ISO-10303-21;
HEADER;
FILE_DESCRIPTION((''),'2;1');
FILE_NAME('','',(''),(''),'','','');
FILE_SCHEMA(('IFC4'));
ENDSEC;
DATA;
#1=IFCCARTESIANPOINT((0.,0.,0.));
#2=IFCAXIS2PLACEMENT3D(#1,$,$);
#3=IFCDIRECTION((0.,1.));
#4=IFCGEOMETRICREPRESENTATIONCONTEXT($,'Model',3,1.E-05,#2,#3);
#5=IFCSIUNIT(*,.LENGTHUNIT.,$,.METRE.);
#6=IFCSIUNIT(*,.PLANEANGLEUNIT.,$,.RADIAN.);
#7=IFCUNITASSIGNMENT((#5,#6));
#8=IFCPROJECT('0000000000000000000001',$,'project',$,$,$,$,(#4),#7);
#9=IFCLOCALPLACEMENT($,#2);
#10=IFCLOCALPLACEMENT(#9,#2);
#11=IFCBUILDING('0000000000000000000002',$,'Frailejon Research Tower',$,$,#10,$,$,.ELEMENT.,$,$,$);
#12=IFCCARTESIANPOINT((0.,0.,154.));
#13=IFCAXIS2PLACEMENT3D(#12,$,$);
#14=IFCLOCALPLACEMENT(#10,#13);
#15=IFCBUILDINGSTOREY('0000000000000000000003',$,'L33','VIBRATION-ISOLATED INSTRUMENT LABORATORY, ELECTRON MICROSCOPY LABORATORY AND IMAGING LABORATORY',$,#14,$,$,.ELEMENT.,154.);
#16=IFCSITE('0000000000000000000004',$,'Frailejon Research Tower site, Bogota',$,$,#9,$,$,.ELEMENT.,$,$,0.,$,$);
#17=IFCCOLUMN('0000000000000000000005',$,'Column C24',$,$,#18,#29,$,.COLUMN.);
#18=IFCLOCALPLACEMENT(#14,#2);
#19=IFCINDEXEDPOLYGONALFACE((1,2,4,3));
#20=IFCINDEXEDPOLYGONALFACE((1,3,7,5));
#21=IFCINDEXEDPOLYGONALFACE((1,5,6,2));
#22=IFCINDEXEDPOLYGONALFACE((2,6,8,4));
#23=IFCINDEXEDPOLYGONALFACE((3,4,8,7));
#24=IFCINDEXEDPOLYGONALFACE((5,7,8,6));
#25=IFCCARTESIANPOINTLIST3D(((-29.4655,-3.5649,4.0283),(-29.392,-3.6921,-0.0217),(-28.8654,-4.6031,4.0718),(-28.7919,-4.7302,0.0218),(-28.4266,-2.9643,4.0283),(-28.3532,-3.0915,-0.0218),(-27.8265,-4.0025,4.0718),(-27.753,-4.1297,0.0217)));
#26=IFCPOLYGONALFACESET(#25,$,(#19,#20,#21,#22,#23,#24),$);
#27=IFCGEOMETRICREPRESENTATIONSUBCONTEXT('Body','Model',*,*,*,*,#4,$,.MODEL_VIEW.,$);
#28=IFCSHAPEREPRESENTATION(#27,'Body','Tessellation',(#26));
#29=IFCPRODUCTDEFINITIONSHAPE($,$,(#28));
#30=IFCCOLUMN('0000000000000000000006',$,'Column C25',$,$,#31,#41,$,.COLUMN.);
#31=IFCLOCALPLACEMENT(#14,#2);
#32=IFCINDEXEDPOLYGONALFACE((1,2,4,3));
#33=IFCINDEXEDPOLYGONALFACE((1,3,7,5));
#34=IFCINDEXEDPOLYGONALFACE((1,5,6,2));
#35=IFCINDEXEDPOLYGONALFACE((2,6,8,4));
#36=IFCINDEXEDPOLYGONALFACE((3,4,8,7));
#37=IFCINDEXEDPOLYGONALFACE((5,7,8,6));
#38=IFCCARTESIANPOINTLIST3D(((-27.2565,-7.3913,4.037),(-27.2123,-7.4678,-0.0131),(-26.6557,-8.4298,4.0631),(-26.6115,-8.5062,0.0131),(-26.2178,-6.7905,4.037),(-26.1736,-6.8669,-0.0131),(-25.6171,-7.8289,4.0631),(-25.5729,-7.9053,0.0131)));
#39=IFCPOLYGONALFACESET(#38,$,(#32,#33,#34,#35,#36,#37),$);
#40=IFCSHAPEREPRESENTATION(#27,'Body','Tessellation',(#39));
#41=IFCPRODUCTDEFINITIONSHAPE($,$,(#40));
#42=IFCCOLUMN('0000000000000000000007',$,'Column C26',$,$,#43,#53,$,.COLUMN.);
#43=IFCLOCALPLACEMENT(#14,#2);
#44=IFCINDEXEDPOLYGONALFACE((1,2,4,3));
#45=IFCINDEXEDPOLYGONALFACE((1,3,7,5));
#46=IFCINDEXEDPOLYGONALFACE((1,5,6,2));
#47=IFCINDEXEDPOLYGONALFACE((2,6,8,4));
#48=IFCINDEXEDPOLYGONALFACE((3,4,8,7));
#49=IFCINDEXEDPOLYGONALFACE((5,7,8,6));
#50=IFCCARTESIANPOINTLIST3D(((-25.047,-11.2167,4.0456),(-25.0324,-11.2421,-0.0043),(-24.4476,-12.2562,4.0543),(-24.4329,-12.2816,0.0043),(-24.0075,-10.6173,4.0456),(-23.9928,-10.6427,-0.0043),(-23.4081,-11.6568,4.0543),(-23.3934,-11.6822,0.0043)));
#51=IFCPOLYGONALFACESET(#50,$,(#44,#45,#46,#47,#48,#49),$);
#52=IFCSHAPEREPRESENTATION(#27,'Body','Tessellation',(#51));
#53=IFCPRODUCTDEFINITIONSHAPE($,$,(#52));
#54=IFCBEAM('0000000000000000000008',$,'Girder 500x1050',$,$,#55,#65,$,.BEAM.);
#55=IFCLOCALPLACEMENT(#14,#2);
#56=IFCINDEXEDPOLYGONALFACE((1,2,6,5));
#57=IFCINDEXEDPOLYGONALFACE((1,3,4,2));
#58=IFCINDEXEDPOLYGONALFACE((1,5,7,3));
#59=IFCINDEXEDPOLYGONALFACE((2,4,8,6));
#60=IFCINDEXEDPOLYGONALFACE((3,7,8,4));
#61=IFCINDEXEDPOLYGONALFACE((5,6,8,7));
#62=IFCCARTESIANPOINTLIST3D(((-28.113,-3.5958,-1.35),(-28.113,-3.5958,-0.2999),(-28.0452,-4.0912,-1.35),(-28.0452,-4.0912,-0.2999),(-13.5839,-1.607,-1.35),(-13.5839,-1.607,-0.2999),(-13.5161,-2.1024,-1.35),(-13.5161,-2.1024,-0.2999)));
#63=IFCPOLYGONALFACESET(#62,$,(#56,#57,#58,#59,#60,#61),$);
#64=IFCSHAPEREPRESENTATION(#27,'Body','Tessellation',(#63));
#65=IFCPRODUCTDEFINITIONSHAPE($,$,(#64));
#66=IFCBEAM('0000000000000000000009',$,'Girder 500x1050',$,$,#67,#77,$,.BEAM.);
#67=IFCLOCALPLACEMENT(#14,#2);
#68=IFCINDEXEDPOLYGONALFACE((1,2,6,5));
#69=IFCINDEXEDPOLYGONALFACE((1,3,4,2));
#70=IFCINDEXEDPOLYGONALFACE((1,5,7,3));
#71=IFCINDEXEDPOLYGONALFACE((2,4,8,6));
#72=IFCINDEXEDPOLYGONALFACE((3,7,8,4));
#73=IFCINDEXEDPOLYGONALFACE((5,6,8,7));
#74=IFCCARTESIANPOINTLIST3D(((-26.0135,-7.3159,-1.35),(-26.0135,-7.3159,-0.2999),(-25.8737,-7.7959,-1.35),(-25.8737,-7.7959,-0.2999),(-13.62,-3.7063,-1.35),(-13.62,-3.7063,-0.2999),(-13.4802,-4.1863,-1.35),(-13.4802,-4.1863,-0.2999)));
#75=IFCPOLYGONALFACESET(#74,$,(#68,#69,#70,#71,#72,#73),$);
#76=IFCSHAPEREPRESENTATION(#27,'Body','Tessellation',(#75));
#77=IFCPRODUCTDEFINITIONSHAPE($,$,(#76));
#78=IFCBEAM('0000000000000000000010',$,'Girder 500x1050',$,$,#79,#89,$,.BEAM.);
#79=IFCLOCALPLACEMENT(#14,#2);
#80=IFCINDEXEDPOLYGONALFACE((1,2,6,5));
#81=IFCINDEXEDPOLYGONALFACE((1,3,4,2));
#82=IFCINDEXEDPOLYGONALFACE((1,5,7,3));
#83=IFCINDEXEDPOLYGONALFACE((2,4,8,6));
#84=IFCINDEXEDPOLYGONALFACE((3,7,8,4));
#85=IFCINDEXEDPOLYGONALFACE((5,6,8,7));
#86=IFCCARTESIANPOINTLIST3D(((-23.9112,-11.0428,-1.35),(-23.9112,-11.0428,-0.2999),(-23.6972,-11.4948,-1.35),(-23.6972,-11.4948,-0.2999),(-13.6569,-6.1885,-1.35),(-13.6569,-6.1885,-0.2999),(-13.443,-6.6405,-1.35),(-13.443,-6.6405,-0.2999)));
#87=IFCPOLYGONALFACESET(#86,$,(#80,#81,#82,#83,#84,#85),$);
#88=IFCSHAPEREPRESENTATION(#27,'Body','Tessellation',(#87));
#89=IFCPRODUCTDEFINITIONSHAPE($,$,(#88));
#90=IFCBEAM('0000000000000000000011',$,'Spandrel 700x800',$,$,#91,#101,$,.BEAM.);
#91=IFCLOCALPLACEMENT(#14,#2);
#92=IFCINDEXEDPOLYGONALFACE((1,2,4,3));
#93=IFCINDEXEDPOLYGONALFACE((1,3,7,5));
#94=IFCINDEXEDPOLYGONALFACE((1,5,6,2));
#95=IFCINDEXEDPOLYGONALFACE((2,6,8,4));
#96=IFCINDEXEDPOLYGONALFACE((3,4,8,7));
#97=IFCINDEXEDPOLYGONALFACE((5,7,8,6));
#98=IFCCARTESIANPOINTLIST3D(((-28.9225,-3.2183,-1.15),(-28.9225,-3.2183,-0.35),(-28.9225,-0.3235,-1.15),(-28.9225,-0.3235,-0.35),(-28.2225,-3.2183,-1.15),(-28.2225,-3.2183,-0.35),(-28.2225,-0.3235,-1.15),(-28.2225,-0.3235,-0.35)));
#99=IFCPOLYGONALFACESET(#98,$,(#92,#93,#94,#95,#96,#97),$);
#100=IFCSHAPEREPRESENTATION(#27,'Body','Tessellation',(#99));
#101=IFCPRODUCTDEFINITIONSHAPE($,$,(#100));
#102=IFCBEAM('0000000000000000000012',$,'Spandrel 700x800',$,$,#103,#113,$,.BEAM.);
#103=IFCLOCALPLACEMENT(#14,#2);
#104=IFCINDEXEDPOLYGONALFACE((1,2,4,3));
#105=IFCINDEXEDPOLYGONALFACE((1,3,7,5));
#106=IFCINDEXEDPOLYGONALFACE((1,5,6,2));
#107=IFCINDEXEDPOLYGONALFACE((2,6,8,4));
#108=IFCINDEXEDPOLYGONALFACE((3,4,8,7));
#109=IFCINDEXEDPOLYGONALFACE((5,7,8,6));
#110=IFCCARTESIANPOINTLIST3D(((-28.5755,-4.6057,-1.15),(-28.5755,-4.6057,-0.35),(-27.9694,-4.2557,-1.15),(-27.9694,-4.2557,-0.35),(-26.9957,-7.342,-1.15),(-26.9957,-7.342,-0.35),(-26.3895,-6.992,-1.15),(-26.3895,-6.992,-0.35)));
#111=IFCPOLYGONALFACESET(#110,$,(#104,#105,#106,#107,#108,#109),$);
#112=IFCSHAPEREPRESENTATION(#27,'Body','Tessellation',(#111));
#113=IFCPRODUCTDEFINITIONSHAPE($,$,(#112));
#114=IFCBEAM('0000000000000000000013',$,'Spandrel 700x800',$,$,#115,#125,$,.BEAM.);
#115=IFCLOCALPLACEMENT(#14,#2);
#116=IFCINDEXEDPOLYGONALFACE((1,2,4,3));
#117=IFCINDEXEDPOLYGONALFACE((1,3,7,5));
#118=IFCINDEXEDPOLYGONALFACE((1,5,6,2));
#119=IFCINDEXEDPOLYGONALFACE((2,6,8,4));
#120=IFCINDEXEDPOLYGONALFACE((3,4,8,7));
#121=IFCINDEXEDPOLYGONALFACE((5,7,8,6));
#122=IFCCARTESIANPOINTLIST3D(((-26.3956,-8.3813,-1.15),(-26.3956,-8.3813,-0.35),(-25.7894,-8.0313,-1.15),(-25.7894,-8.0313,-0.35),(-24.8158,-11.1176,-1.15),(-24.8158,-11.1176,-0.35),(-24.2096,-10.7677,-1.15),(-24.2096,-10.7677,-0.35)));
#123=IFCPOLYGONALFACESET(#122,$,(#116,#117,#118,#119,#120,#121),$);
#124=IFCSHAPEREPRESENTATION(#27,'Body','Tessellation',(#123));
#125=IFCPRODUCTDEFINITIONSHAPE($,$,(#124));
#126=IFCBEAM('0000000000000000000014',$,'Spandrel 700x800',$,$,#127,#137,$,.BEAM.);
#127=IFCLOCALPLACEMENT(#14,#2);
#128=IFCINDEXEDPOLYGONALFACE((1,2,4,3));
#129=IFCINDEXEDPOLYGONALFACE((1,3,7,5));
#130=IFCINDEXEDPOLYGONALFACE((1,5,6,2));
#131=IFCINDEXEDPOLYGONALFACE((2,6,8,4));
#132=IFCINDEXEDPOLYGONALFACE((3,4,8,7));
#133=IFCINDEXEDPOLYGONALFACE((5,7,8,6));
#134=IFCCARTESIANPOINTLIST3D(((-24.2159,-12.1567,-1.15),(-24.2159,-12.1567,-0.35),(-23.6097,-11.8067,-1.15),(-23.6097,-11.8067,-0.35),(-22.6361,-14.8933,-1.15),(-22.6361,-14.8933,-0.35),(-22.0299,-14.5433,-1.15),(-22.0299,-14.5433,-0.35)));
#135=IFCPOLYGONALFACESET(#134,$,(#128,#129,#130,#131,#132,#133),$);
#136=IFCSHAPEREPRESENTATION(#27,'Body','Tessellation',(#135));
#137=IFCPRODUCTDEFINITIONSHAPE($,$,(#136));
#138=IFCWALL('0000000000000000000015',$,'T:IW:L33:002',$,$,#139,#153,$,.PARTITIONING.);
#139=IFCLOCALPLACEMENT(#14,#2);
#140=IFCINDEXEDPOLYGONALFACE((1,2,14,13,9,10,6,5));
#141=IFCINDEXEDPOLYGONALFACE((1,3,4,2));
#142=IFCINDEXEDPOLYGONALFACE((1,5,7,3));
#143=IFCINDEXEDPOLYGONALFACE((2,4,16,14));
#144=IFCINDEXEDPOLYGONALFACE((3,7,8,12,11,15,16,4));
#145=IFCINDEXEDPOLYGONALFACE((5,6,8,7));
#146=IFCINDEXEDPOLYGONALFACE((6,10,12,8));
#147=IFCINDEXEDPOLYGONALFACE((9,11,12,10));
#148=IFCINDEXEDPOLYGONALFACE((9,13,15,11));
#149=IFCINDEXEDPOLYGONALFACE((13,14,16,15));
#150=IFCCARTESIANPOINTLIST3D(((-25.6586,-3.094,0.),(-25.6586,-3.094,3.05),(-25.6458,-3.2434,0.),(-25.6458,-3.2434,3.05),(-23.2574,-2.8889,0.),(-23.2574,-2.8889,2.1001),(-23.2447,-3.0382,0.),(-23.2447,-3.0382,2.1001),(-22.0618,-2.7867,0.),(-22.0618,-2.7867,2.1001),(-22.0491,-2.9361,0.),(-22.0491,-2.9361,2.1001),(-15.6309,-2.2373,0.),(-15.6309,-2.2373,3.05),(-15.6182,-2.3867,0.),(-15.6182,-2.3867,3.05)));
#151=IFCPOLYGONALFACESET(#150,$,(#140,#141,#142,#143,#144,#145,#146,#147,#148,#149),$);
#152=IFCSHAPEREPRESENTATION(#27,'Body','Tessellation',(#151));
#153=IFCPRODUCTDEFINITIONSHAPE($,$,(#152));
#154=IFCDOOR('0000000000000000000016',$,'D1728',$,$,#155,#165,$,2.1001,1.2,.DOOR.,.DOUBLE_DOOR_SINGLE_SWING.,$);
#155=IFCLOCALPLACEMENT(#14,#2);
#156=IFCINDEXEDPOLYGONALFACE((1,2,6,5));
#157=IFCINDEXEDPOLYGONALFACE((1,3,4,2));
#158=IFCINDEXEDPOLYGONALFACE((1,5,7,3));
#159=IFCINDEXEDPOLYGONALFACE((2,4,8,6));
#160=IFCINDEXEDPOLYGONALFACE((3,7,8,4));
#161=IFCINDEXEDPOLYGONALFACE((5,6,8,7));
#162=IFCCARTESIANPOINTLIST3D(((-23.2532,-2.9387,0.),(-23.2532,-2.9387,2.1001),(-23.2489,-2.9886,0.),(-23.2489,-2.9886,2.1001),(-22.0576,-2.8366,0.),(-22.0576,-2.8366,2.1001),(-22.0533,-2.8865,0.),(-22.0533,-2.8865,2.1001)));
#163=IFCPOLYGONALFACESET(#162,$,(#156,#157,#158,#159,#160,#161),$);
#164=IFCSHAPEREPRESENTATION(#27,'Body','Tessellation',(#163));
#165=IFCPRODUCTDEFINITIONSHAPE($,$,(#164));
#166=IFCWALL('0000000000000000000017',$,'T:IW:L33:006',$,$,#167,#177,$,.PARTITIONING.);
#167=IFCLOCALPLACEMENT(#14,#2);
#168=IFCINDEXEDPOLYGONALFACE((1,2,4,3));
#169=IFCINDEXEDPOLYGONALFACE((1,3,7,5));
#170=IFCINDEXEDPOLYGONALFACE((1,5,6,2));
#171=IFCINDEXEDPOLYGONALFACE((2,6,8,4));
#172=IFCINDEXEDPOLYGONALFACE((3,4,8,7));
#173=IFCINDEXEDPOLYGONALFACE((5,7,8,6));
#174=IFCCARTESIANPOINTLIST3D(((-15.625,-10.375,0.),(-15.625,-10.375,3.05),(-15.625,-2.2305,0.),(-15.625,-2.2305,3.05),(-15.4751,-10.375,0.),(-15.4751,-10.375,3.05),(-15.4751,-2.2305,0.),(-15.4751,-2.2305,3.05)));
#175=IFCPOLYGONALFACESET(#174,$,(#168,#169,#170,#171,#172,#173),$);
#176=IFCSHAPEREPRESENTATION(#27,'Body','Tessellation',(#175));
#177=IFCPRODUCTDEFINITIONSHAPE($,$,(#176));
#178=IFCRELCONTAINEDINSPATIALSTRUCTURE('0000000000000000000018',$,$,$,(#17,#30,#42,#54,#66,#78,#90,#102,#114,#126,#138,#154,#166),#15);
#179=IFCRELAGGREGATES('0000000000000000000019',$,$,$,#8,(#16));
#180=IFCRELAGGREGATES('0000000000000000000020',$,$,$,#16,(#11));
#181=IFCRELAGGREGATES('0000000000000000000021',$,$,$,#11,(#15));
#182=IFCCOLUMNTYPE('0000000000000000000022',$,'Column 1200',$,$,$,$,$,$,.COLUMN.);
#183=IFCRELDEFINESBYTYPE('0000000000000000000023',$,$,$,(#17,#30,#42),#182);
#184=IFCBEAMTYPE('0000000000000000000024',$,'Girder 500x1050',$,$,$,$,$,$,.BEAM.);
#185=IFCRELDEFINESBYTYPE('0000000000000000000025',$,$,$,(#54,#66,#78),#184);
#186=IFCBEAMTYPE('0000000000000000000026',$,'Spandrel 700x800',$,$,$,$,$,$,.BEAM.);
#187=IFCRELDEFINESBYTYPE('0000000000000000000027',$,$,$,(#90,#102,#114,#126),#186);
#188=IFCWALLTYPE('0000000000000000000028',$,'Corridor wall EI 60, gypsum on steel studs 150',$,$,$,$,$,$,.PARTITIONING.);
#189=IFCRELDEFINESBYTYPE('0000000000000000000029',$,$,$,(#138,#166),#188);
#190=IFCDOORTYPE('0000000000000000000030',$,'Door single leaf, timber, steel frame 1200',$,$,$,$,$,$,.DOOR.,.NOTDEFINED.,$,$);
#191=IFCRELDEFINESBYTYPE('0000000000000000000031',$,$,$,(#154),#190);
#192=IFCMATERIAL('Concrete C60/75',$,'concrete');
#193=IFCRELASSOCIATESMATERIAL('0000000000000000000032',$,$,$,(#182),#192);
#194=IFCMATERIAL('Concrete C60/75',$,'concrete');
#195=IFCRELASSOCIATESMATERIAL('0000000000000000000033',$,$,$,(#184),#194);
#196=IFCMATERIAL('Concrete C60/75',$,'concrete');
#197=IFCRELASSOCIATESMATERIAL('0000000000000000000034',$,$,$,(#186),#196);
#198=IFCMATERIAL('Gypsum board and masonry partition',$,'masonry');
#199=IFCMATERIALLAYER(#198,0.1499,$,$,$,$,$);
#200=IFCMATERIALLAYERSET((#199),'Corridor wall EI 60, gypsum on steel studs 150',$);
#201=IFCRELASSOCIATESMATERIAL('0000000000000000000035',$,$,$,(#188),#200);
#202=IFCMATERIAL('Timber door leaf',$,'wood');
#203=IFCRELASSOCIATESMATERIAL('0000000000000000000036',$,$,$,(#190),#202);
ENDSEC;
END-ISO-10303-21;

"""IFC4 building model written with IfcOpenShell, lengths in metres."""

from ifc_helpers import new_model, si_unit, direction, frame, frame_2d, origin, origin_2d, place, context, subcontext, project, spatial, rectangle, extrude, material, layer, layer_set, material_profile, profile_set, type_object, element, fill, save


model = new_model("IFC4")

# Units and contexts
model_context = context("Model", 3, precision=1e-05, world=origin(), true_north=direction((0.0, 1.0)))
body_context = subcontext(model_context, "Body", "Model", "MODEL_VIEW")
ifc_project = project(units=[si_unit("LENGTHUNIT", "METRE"), si_unit("PLANEANGLEUNIT", "RADIAN")], contexts=[model_context])

# Site, building, storey
site_placement = place(None, origin())
site = spatial("IfcSite", under=ifc_project, at=site_placement, Name="Frailejon Research Tower site, Bogota", CompositionType="ELEMENT", RefElevation=0.0)
building_placement = place(site_placement, origin())
building = spatial("IfcBuilding", under=site, at=building_placement, Name="Frailejon Research Tower", CompositionType="ELEMENT")
storey_placement = place(building_placement, frame((0.0, 0.0, 154.0)))
storey = spatial("IfcBuildingStorey", under=building, at=storey_placement, Name="L33", Description="VIBRATION-ISOLATED INSTRUMENT LABORATORY, ELECTRON MICROSCOPY LABORATORY AND IMAGING LABORATORY", CompositionType="ELEMENT", Elevation=154.0)

# Columns
ifc_material_1 = material(Name="Concrete C60/75", Category="concrete")
ifc_material_profile_1 = material_profile(ifc_material_1, rectangle(XDim=1.2, YDim=1.2, at=origin_2d()), Name="Column 1200")
ifc_profile_set_1 = profile_set([ifc_material_profile_1], Name="Concrete C60/75")
column_type = type_object("IfcColumnType", Name="Column 1200", PredefinedType="COLUMN", material=ifc_profile_set_1)
column_1_placement = place(storey_placement, frame((-28.5725, -3.9109, 0.0), z_axis=(-0.018133, 0.031386, 0.999343), x_axis=(0.500145, -0.865183, 0.036247)))
element("IfcColumn", 1, at=column_1_placement, inside=storey, type_object=column_type, Name="Column C24", PredefinedType="COLUMN", context=body_context, shape_type="SweptSolid", body=[
    extrude(rectangle(XDim=1.2, YDim=1.2, at=origin_2d()), origin(), (0.0, 0.0, 1.0), 4.0527),
])
column_2_placement = place(storey_placement, frame((-26.3926, -7.6865, 0.0), z_axis=(-0.010908, 0.018863, 0.999763), x_axis=(0.500638, -0.865382, 0.02179)))
element("IfcColumn", 2, at=column_2_placement, inside=storey, type_object=column_type, Name="Column C25", PredefinedType="COLUMN", context=body_context, shape_type="SweptSolid", body=[
    extrude(rectangle(XDim=1.2, YDim=1.2, at=origin_2d()), origin(), (0.0, 0.0, 1.0), 4.051),
])
column_3_placement = place(storey_placement, frame((-24.2129, -11.4622, 0.0), z_axis=(-0.003617, 0.006269, 0.999974), x_axis=(0.499536, -0.866263, 0.007238)))
element("IfcColumn", 3, at=column_3_placement, inside=storey, type_object=column_type, Name="Column C26", PredefinedType="COLUMN", context=body_context, shape_type="SweptSolid", body=[
    extrude(rectangle(XDim=1.2, YDim=1.2, at=origin_2d()), origin(), (0.0, 0.0, 1.0), 4.05),
])

# Beams
ifc_material_2 = material(Name="Concrete C60/75", Category="concrete")
ifc_material_profile_2 = material_profile(ifc_material_2, rectangle(XDim=0.5, YDim=1.05, at=origin_2d()), Name="Girder 500x1050")
ifc_profile_set_2 = profile_set([ifc_material_profile_2], Name="Concrete C60/75")
beam_type_1 = type_object("IfcBeamType", Name="Girder 500x1050", PredefinedType="BEAM", material=ifc_profile_set_2)
beam_1_placement = place(storey_placement, frame((-28.0791, -3.8435, -0.825), z_axis=(0.990761, 0.135618, 0.0), x_axis=(-0.135618, 0.990761, 0.0)))
element("IfcBeam", 4, at=beam_1_placement, inside=storey, type_object=beam_type_1, Name="Girder 500x1050", PredefinedType="BEAM", context=body_context, shape_type="SweptSolid", body=[
    extrude(rectangle(XDim=0.5, YDim=1.05, at=origin_2d()), origin(), (0.0, 0.0, 1.0), 14.6646),
])
beam_2_placement = place(storey_placement, frame((-25.9436, -7.5559, -0.825), z_axis=(0.960108, 0.279631, 0.0), x_axis=(-0.279631, 0.960108, 0.0)))
element("IfcBeam", 5, at=beam_2_placement, inside=storey, type_object=beam_type_1, Name="Girder 500x1050", PredefinedType="BEAM", context=body_context, shape_type="SweptSolid", body=[
    extrude(rectangle(XDim=0.5, YDim=1.05, at=origin_2d()), origin(), (0.0, 0.0, 1.0), 12.9084),
])
beam_3_placement = place(storey_placement, frame((-23.8042, -11.2688, -0.825), z_axis=(0.903839, 0.427872, 0.0), x_axis=(-0.427872, 0.903839, 0.0)))
element("IfcBeam", 6, at=beam_3_placement, inside=storey, type_object=beam_type_1, Name="Girder 500x1050", PredefinedType="BEAM", context=body_context, shape_type="SweptSolid", body=[
    extrude(rectangle(XDim=0.5, YDim=1.05, at=origin_2d()), origin(), (0.0, 0.0, 1.0), 11.3452),
])
ifc_material_3 = material(Name="Concrete C60/75", Category="concrete")
ifc_material_profile_3 = material_profile(ifc_material_3, rectangle(XDim=0.7, YDim=0.8, at=origin_2d()), Name="Spandrel 700x800")
ifc_profile_set_3 = profile_set([ifc_material_profile_3], Name="Concrete C60/75")
beam_type_2 = type_object("IfcBeamType", Name="Spandrel 700x800", PredefinedType="BEAM", material=ifc_profile_set_3)
beam_4_placement = place(storey_placement, frame((-28.5725, -0.3235, -0.75), z_axis=(0.0, -1.0, 0.0), x_axis=(1.0, 0.0, 0.0)))
element("IfcBeam", 7, at=beam_4_placement, inside=storey, type_object=beam_type_2, Name="Spandrel 700x800", PredefinedType="BEAM", context=body_context, shape_type="SweptSolid", body=[
    extrude(rectangle(XDim=0.7, YDim=0.8, at=origin_2d()), origin(), (0.0, 0.0, 1.0), 2.8948),
])
for number, where, z_axis, x_axis, name in (
    (8, (-28.2725, -4.4307, -0.75), (0.500003, -0.866023, 0.0), (0.866023, 0.500003, 0.0), "Spandrel 700x800"),
    (9, (-26.0925, -8.2063, -0.75), (0.500003, -0.866023, 0.0), (0.866023, 0.500003, 0.0), "Spandrel 700x800"),
):
    element("IfcBeam", number, at=place(storey_placement, frame(where, z_axis=z_axis, x_axis=x_axis)), inside=storey, type_object=beam_type_2, Name=name, PredefinedType="BEAM", context=body_context, shape_type="SweptSolid", body=[
        extrude(rectangle(XDim=0.7, YDim=0.8, at=origin_2d()), origin(), (0.0, 0.0, 1.0), 3.1597),
    ])
beam_5_placement = place(storey_placement, frame((-23.9128, -11.9817, -0.75), z_axis=(0.49997, -0.866043, 0.0), x_axis=(0.866043, 0.49997, 0.0)))
element("IfcBeam", 10, at=beam_5_placement, inside=storey, type_object=beam_type_2, Name="Spandrel 700x800", PredefinedType="BEAM", context=body_context, shape_type="SweptSolid", body=[
    extrude(rectangle(XDim=0.7, YDim=0.8, at=origin_2d()), origin(), (0.0, 0.0, 1.0), 3.1599),
])

# Wall, opening, door
ifc_material_4 = material(Name="Gypsum board and masonry partition", Category="masonry")
ifc_layer_1 = layer(ifc_material_4, 0.1499)
ifc_layer_set_1 = layer_set([ifc_layer_1], Name="Corridor wall EI 60, gypsum on steel studs 150")
wall_type_1 = type_object("IfcWallType", Name="Corridor wall EI 60, gypsum on steel studs 150", PredefinedType="PARTITIONING", material=ifc_layer_set_1)
wall_1_placement = place(storey_placement, frame((-25.6523, -3.1687, 0.0), z_axis=(0.0, 0.0, 1.0), x_axis=(0.99637, 0.085123, 0.0)))
wall_1 = element("IfcWall", 11, at=wall_1_placement, inside=storey, type_object=wall_type_1, Name="T:IW:L33:002", PredefinedType="PARTITIONING", context=body_context, shape_type="SweptSolid", body=[
    extrude(rectangle(XDim=10.0642, YDim=0.1499, at=frame_2d((5.0322, 0.0))), origin(), (0.0, 0.0, 1.0), 3.05),
])
opening_1_placement = place(wall_1_placement, frame((2.4099, 0.0, 0.0)))
opening_1 = element("IfcOpeningElement", 12, at=opening_1_placement, cuts=wall_1, PredefinedType="OPENING", context=body_context, shape_type="SweptSolid", body=[
    extrude(rectangle(XDim=1.2, YDim=2.1001, at=frame_2d((0.6001, 1.05))), frame((0.0, 0.085, 0.0), z_axis=(0.0, -1.0, 0.0), x_axis=(1.0, 0.0, 0.0)), (0.0, 0.0, 1.0), 0.1699),
])
ifc_material_5 = material(Name="Timber door leaf", Category="wood")
door_type_1 = type_object("IfcDoorType", Name="Door single leaf, timber, steel frame 1200", OperationType="NOTDEFINED", PredefinedType="DOOR", material=ifc_material_5)
door_1_placement = place(opening_1_placement, origin())
door_1 = element("IfcDoor", 13, at=door_1_placement, inside=storey, type_object=door_type_1, Name="D1728", OperationType="DOUBLE_DOOR_SINGLE_SWING", OverallHeight=2.1001, OverallWidth=1.2, PredefinedType="DOOR", context=body_context, shape_type="SweptSolid", body=[
    extrude(rectangle(XDim=1.2, YDim=2.1001, at=frame_2d((0.6001, 1.05))), frame((0.0, 0.0249, 0.0), z_axis=(0.0, -1.0, 0.0), x_axis=(1.0, 0.0, 0.0)), (0.0, 0.0, 1.0), 0.05),
])
fill(opening_1, door_1)

# Wall
wall_2_placement = place(storey_placement, frame((-15.55, -10.375, 0.0), z_axis=(0.0, 0.0, 1.0), x_axis=(0.0, 1.0, 0.0)))
element("IfcWall", 14, at=wall_2_placement, inside=storey, type_object=wall_type_1, Name="T:IW:L33:006", PredefinedType="PARTITIONING", context=body_context, shape_type="SweptSolid", body=[
    extrude(rectangle(XDim=8.1445, YDim=0.1499, at=frame_2d((4.0723, 0.0))), origin(), (0.0, 0.0, 1.0), 3.05),
])

save(model, "model.ifc")
